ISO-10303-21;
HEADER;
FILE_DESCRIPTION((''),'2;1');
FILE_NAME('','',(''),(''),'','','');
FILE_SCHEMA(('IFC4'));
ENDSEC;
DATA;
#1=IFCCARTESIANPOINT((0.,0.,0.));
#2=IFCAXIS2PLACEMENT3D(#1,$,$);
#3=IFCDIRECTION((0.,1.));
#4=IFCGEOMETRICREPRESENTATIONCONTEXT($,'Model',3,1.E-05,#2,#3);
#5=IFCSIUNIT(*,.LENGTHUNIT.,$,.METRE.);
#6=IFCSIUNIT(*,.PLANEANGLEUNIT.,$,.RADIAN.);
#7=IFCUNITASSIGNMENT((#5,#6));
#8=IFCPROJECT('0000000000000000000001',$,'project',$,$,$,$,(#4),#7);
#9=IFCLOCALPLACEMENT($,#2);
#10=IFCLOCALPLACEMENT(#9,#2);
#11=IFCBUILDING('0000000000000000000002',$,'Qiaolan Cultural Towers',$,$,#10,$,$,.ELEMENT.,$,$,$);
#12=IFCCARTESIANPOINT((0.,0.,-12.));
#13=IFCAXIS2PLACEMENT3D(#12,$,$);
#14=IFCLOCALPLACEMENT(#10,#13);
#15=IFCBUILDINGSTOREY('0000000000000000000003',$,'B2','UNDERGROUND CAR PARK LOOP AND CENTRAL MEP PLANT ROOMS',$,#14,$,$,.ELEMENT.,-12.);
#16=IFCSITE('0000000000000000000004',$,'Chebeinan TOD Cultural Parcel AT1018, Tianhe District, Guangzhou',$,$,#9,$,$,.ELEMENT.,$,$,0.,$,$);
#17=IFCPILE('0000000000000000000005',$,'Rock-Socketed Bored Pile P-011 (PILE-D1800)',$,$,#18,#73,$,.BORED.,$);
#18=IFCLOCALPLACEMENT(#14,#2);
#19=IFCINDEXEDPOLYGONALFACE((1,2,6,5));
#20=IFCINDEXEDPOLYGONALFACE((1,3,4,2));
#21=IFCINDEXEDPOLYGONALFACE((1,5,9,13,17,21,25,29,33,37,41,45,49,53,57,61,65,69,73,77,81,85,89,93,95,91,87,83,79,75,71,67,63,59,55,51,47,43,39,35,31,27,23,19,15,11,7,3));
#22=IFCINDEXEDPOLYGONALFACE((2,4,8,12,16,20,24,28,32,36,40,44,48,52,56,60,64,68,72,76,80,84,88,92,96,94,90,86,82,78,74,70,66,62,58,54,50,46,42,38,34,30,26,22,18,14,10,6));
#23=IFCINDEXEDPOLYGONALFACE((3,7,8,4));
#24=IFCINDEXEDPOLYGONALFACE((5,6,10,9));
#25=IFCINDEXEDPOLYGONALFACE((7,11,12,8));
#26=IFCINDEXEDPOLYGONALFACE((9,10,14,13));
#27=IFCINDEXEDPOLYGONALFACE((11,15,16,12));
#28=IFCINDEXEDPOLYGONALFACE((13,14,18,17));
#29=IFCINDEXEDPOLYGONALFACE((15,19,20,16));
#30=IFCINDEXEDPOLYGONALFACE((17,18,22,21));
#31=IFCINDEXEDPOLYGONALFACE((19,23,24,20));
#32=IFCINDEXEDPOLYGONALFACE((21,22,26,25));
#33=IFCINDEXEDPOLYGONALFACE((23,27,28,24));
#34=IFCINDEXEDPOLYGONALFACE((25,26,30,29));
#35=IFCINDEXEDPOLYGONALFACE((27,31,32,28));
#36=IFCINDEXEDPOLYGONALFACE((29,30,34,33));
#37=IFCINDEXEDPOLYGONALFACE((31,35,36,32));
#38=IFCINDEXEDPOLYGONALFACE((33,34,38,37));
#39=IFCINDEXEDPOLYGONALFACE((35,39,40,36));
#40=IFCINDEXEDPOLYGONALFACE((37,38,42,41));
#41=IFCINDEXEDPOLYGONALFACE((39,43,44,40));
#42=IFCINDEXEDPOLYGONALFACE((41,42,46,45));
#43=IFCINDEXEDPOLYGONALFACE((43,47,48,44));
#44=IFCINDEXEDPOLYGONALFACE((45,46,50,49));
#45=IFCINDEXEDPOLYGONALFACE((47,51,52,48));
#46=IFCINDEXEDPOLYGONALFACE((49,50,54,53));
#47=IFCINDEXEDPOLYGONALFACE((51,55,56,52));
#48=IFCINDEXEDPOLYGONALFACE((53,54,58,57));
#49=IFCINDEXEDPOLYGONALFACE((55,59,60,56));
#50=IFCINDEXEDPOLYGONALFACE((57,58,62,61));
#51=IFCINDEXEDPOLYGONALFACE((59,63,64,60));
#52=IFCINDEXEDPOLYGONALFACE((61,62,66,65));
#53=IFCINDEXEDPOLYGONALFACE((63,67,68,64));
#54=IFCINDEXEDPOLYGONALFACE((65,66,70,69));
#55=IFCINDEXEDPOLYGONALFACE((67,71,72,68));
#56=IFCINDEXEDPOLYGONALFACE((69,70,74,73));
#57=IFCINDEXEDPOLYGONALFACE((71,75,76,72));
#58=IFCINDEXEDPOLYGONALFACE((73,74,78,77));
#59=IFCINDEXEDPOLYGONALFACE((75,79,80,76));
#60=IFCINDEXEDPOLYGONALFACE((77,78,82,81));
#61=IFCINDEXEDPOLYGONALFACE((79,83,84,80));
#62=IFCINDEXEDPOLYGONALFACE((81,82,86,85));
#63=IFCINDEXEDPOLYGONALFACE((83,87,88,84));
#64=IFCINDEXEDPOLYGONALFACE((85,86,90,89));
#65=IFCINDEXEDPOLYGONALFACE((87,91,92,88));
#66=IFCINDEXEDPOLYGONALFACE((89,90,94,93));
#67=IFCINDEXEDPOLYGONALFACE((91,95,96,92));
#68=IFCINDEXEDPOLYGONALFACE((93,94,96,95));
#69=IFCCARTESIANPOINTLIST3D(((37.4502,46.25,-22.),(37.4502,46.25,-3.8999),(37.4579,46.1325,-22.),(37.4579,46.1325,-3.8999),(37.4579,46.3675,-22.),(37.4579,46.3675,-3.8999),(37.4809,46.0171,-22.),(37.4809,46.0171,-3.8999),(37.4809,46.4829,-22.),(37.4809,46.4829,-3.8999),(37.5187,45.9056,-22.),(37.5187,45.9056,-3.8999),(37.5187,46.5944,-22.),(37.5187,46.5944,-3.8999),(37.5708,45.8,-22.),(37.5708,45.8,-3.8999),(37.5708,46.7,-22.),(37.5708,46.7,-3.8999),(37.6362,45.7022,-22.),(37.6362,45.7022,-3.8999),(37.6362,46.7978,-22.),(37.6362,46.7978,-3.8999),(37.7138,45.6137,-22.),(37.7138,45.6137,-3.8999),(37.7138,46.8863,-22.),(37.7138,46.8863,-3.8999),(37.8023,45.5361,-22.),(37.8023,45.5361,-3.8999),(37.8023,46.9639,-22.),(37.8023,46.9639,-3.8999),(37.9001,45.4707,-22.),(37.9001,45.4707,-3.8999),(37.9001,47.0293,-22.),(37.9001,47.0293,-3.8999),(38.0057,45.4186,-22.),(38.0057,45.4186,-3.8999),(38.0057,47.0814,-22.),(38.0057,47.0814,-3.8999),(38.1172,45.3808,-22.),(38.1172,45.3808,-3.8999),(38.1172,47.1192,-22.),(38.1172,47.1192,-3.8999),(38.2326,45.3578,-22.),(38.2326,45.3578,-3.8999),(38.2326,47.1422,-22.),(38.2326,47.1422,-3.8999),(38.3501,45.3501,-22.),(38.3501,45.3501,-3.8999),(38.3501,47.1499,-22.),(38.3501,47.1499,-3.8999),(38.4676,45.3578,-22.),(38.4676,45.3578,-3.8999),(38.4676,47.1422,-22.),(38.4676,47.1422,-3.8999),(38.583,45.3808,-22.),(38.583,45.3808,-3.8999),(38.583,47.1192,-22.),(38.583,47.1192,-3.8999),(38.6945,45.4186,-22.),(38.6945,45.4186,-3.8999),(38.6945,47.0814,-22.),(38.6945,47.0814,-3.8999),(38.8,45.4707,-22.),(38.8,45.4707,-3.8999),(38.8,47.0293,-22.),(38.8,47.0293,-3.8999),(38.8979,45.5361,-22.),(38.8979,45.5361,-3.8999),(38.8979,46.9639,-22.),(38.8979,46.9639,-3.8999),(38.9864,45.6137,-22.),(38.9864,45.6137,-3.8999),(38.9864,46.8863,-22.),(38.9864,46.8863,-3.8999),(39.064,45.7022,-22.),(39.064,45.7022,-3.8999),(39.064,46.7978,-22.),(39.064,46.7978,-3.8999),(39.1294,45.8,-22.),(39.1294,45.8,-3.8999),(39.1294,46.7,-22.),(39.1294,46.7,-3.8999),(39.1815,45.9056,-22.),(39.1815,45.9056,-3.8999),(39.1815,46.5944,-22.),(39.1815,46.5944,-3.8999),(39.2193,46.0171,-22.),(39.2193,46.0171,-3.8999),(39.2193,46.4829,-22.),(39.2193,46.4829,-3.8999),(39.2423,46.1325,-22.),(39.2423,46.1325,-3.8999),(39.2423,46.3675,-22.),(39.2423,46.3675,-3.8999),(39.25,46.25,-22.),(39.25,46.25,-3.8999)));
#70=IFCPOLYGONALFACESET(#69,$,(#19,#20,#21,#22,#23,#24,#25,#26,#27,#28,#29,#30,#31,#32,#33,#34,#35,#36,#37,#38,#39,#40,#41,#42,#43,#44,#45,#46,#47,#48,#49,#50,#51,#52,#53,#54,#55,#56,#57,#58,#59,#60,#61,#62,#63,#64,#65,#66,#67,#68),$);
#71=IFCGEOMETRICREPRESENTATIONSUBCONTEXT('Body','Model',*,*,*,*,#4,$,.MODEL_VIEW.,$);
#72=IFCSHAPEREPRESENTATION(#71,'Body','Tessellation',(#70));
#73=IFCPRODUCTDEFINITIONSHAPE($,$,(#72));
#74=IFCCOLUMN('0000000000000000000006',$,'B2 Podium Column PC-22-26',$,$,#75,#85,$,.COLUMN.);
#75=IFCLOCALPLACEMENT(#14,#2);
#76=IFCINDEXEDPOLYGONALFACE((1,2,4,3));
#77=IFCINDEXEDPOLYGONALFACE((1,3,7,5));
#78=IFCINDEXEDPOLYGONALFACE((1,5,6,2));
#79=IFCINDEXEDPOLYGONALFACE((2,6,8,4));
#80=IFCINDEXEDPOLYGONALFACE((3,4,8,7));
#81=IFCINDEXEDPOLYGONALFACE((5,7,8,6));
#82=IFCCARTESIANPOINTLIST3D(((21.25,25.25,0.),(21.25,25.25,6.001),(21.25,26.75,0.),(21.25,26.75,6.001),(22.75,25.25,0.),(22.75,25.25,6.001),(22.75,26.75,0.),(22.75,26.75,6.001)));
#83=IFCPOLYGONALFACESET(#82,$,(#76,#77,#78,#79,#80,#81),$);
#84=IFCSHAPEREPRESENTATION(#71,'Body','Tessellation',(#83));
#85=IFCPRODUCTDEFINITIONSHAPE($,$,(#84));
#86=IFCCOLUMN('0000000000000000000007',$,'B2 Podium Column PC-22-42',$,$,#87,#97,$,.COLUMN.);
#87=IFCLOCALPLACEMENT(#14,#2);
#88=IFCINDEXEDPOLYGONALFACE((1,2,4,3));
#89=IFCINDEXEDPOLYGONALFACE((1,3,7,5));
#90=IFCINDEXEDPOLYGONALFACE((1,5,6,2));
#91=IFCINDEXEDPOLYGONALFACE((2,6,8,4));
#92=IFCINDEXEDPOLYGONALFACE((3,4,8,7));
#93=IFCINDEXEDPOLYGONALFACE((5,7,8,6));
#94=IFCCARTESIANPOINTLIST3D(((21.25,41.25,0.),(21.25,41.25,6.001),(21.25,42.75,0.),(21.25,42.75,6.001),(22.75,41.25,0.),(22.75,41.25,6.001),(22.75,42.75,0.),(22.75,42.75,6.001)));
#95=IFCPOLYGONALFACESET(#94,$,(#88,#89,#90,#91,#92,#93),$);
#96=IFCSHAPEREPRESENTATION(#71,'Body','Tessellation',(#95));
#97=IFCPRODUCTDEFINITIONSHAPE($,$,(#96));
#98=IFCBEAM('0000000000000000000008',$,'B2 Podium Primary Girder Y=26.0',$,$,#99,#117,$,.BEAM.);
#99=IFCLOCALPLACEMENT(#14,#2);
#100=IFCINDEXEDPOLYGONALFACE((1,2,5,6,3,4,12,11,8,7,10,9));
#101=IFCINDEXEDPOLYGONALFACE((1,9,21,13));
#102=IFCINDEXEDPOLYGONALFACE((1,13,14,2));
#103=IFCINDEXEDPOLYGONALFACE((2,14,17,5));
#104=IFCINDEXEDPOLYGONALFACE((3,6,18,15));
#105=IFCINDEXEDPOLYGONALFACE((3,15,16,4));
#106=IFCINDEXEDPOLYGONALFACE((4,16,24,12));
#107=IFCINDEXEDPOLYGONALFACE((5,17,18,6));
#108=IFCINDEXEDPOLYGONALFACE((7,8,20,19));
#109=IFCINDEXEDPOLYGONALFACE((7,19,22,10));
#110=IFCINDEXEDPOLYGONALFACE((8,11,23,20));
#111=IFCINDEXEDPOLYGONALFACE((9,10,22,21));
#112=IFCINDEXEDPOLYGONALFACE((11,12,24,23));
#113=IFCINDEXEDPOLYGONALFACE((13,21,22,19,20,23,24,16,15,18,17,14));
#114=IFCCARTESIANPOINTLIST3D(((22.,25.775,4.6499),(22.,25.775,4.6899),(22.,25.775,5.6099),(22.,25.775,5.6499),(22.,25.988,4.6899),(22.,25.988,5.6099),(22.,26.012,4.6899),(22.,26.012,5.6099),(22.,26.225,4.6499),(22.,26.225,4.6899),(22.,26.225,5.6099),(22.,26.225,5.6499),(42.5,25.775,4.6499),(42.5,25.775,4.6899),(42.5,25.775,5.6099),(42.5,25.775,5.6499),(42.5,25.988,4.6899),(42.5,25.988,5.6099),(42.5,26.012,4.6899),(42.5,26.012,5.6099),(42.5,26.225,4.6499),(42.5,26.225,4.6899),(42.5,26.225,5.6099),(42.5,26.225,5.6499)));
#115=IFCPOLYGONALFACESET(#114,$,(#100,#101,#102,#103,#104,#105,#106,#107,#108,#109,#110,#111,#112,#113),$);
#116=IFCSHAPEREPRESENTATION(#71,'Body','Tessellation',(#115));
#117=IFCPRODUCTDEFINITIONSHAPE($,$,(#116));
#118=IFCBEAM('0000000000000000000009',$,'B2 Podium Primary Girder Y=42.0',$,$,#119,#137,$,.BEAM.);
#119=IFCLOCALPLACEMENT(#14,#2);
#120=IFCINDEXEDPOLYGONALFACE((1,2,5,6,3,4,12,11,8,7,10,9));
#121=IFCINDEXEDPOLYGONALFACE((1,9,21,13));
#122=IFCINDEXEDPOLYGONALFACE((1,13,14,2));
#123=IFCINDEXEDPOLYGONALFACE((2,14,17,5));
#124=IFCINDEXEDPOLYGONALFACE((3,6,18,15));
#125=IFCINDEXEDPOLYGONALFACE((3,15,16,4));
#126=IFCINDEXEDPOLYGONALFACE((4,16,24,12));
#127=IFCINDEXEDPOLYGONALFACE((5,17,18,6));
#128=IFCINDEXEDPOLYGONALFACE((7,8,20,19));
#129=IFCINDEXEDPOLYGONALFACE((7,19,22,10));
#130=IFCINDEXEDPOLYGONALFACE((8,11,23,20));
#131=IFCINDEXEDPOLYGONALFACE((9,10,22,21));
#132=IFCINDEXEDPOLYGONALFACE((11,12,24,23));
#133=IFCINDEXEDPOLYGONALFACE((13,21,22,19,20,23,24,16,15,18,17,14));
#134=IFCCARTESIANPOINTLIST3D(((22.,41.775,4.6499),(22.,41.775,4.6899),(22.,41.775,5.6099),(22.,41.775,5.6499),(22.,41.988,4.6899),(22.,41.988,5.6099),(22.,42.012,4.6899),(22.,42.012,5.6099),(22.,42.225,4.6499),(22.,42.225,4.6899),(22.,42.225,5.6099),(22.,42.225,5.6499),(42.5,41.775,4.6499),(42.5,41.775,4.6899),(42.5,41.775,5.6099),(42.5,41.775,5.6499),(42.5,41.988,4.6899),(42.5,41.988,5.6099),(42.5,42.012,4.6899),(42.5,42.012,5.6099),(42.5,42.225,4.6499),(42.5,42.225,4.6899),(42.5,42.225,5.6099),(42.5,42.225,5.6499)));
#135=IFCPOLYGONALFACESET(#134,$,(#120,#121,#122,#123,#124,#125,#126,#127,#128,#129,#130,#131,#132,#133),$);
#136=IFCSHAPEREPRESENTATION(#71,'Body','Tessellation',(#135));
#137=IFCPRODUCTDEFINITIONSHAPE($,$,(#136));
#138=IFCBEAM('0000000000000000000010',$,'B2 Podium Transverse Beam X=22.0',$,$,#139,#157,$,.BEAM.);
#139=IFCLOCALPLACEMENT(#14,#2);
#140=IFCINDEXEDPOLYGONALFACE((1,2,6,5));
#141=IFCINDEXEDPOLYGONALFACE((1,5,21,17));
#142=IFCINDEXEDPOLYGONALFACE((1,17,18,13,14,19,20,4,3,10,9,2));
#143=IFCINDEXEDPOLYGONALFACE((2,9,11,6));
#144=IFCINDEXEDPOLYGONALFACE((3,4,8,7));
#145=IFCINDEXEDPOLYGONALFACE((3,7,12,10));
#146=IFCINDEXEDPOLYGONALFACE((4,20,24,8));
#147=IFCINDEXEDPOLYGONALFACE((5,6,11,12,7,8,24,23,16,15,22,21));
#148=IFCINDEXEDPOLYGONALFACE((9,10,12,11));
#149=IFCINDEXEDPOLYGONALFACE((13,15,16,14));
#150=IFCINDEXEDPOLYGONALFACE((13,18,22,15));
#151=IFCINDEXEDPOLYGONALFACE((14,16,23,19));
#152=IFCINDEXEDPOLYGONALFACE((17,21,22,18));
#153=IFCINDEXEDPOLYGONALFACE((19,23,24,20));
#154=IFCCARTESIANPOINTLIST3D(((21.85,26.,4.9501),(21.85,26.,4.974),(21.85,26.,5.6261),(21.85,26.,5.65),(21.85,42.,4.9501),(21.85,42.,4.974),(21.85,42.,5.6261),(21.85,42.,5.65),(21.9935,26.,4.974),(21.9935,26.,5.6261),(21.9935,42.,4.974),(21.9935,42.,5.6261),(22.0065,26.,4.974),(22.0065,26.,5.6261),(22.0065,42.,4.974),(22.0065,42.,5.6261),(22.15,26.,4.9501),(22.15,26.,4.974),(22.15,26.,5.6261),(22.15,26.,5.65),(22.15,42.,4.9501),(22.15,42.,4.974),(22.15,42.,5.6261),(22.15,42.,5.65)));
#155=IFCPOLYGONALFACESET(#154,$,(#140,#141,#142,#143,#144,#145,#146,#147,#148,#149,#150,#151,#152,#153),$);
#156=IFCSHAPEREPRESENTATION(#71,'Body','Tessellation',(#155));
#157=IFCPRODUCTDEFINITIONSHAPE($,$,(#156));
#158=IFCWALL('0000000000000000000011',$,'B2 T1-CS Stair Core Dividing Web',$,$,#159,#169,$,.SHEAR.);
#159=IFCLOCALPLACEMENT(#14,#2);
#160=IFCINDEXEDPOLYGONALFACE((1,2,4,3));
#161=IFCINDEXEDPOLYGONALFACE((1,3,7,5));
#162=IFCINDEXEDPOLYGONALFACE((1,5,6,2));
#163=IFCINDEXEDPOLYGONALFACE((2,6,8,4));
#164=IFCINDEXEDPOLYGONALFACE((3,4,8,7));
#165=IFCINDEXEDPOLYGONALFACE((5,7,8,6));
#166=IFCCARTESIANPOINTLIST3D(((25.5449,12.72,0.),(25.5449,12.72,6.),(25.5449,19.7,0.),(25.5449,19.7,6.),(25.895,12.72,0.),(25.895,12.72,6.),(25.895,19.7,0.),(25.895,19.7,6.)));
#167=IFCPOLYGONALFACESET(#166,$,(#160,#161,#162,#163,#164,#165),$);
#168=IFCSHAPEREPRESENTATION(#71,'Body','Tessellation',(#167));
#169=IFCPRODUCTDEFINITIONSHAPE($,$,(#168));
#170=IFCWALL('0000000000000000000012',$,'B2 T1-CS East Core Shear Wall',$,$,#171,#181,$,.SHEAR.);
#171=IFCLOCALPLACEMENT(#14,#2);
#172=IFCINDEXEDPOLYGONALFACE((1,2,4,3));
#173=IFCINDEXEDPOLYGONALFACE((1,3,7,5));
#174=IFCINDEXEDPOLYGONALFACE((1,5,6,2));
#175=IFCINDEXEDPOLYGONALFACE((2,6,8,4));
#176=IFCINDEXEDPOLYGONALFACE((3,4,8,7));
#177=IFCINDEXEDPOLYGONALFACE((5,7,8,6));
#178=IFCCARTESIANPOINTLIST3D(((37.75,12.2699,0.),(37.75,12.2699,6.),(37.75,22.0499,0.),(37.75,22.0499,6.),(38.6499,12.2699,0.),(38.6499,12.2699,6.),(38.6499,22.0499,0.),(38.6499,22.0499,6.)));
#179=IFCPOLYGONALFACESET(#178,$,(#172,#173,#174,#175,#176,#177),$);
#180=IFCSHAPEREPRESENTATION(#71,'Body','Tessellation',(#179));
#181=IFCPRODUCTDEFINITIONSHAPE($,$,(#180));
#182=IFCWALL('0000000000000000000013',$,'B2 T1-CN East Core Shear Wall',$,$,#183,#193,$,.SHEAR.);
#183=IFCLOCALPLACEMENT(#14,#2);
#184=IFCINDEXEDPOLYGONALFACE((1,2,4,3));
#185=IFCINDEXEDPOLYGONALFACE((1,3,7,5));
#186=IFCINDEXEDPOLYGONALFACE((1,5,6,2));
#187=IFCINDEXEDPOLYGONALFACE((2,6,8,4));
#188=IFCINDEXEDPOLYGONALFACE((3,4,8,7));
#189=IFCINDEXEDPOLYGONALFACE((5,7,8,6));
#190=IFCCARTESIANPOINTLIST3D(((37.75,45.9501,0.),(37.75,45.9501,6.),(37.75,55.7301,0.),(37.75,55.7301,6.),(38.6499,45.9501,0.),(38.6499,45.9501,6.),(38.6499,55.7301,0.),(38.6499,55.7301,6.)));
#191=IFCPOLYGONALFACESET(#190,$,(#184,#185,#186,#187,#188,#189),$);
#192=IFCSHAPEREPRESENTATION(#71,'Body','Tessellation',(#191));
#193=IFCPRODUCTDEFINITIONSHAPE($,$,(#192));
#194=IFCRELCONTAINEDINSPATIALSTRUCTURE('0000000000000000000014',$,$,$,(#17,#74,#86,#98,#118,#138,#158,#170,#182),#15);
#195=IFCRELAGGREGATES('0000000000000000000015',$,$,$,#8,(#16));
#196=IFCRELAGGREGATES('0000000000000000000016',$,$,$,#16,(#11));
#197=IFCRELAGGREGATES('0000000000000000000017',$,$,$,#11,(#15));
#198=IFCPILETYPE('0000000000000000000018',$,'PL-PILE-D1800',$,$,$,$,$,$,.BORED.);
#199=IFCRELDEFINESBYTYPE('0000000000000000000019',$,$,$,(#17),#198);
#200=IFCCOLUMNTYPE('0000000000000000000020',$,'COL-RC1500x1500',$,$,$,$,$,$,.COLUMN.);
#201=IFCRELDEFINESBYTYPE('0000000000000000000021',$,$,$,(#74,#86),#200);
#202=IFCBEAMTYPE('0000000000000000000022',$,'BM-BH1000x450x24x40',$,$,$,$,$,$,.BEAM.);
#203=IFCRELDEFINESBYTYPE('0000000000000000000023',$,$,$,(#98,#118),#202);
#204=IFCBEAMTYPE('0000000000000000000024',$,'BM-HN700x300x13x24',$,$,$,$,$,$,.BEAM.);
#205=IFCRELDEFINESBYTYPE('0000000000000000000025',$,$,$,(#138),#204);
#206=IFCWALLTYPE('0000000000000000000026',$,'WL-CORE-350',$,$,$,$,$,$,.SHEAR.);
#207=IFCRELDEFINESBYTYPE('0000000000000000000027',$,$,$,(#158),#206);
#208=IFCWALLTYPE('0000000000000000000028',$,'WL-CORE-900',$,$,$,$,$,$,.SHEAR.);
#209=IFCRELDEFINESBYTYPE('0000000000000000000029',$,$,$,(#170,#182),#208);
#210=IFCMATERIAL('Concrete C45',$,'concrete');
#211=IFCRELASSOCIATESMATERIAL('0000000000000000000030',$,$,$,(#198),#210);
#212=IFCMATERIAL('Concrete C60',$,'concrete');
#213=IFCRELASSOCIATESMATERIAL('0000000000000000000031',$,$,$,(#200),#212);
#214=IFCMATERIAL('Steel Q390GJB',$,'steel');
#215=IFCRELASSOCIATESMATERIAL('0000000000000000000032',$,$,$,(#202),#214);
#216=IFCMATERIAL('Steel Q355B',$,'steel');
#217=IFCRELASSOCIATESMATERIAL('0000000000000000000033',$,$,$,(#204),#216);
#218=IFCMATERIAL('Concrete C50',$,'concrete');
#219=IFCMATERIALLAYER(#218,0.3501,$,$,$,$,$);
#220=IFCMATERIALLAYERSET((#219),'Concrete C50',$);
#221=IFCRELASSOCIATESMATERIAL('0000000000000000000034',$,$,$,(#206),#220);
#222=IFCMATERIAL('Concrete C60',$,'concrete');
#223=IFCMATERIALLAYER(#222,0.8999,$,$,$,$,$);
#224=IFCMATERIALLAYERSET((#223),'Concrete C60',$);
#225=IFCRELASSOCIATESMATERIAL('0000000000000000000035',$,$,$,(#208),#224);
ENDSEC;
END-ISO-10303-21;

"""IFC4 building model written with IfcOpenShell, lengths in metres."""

from ifc_helpers import new_model, si_unit, direction, frame, frame_2d, origin, origin_2d, place, context, subcontext, project, spatial, rectangle, circle, i_section, extrude, material, layer, layer_set, material_profile, profile_set, type_object, element, save


model = new_model("IFC4")

# Units and contexts
model_context = context("Model", 3, precision=1e-05, world=origin(), true_north=direction((0.0, 1.0)))
body_context = subcontext(model_context, "Body", "Model", "MODEL_VIEW")
ifc_project = project(units=[si_unit("LENGTHUNIT", "METRE"), si_unit("PLANEANGLEUNIT", "RADIAN")], contexts=[model_context])

# Site, building, storey
site_placement = place(None, origin())
site = spatial("IfcSite", under=ifc_project, at=site_placement, Name="Chebeinan TOD Cultural Parcel AT1018, Tianhe District, Guangzhou", CompositionType="ELEMENT", RefElevation=0.0)
building_placement = place(site_placement, origin())
building = spatial("IfcBuilding", under=site, at=building_placement, Name="Qiaolan Cultural Towers", CompositionType="ELEMENT")
storey_placement = place(building_placement, frame((0.0, 0.0, -12.0)))
storey = spatial("IfcBuildingStorey", under=building, at=storey_placement, Name="B2", Description="UNDERGROUND CAR PARK LOOP AND CENTRAL MEP PLANT ROOMS", CompositionType="ELEMENT", Elevation=-12.0)

# Pile
ifc_material_1 = material(Name="Concrete C45", Category="concrete")
ifc_material_profile_1 = material_profile(ifc_material_1, circle(Radius=0.8999, at=origin_2d()), Name="PILE-D1800")
ifc_profile_set_1 = profile_set([ifc_material_profile_1], Name="Concrete C45")
pile_type_1 = type_object("IfcPileType", Name="PL-PILE-D1800", PredefinedType="BORED", material=ifc_profile_set_1)
for number, where, z_axis, x_axis, name in (
    (1, (38.3501, 46.25, -3.8999), (0.0, 0.0, -1.0), (1.0, 0.0, 0.0), "Rock-Socketed Bored Pile P-011 (PILE-D1800)"),
):
    element("IfcPile", number, at=place(storey_placement, frame(where, z_axis=z_axis, x_axis=x_axis)), inside=storey, type_object=pile_type_1, Name=name, PredefinedType="BORED", context=body_context, shape_type="SweptSolid", body=[
        extrude(circle(Radius=0.8999, at=origin_2d()), origin(), (0.0, 0.0, 1.0), 18.1001),
    ])

# Columns
ifc_material_2 = material(Name="Concrete C60", Category="concrete")
ifc_material_profile_2 = material_profile(ifc_material_2, rectangle(XDim=1.5, YDim=1.5, at=origin_2d()), Name="RC1500x1500")
ifc_profile_set_2 = profile_set([ifc_material_profile_2], Name="Concrete C60")
column_type = type_object("IfcColumnType", Name="COL-RC1500x1500", PredefinedType="COLUMN", material=ifc_profile_set_2)
for number, where, z_axis, x_axis, name in (
    (2, (22.0, 26.0, 0.0), (0.0, 0.0, 1.0), (1.0, 0.0, 0.0), "B2 Podium Column PC-22-26"),
    (3, (22.0, 42.0, 0.0), (0.0, 0.0, 1.0), (1.0, 0.0, 0.0), "B2 Podium Column PC-22-42"),
):
    element("IfcColumn", number, at=place(storey_placement, frame(where, z_axis=z_axis, x_axis=x_axis)), inside=storey, type_object=column_type, Name=name, PredefinedType="COLUMN", context=body_context, shape_type="SweptSolid", body=[
        extrude(rectangle(XDim=1.5, YDim=1.5, at=origin_2d()), origin(), (0.0, 0.0, 1.0), 6.001),
    ])

# Beams
ifc_material_3 = material(Name="Steel Q390GJB", Category="steel")
ifc_material_profile_3 = material_profile(ifc_material_3, i_section(OverallWidth=0.45, OverallDepth=1.0, WebThickness=0.0239, FlangeThickness=0.04, at=origin_2d()), Name="BH1000x450x24x40")
ifc_profile_set_3 = profile_set([ifc_material_profile_3], Name="Steel Q390GJB")
beam_type_1 = type_object("IfcBeamType", Name="BM-BH1000x450x24x40", PredefinedType="BEAM", material=ifc_profile_set_3)
for number, where, z_axis, x_axis, name in (
    (4, (22.0, 26.0, 5.1499), (1.0, 0.0, 0.0), (0.0, 1.0, 0.0), "B2 Podium Primary Girder Y=26.0"),
    (5, (22.0, 42.0, 5.1499), (1.0, 0.0, 0.0), (0.0, 1.0, 0.0), "B2 Podium Primary Girder Y=42.0"),
):
    element("IfcBeam", number, at=place(storey_placement, frame(where, z_axis=z_axis, x_axis=x_axis)), inside=storey, type_object=beam_type_1, Name=name, PredefinedType="BEAM", context=body_context, shape_type="SweptSolid", body=[
        extrude(i_section(OverallWidth=0.45, OverallDepth=1.0, WebThickness=0.0239, FlangeThickness=0.04, at=origin_2d()), origin(), (0.0, 0.0, 1.0), 20.5),
    ])
ifc_material_4 = material(Name="Steel Q355B", Category="steel")
ifc_material_profile_4 = material_profile(ifc_material_4, i_section(OverallWidth=0.3, OverallDepth=0.7, WebThickness=0.0129, FlangeThickness=0.0239, at=origin_2d()), Name="HN700x300x13x24")
ifc_profile_set_4 = profile_set([ifc_material_profile_4], Name="Steel Q355B")
beam_type_2 = type_object("IfcBeamType", Name="BM-HN700x300x13x24", PredefinedType="BEAM", material=ifc_profile_set_4)
beam_placement = place(storey_placement, frame((22.0, 26.0, 5.3), z_axis=(0.0, 1.0, 0.0), x_axis=(-1.0, 0.0, 0.0)))
element("IfcBeam", 6, at=beam_placement, inside=storey, type_object=beam_type_2, Name="B2 Podium Transverse Beam X=22.0", PredefinedType="BEAM", context=body_context, shape_type="SweptSolid", body=[
    extrude(i_section(OverallWidth=0.3, OverallDepth=0.7, WebThickness=0.0129, FlangeThickness=0.0239, at=origin_2d()), origin(), (0.0, 0.0, 1.0), 16.0),
])

# Walls
ifc_material_5 = material(Name="Concrete C50", Category="concrete")
ifc_layer_1 = layer(ifc_material_5, 0.3501)
ifc_layer_set_1 = layer_set([ifc_layer_1], Name="Concrete C50")
wall_type_1 = type_object("IfcWallType", Name="WL-CORE-350", PredefinedType="SHEAR", material=ifc_layer_set_1)
wall_1_placement = place(storey_placement, frame((25.72, 19.7, 0.0), z_axis=(0.0, 0.0, 1.0), x_axis=(0.0, -1.0, 0.0)))
element("IfcWall", 7, at=wall_1_placement, inside=storey, type_object=wall_type_1, Name="B2 T1-CS Stair Core Dividing Web", PredefinedType="SHEAR", context=body_context, shape_type="SweptSolid", body=[
    extrude(rectangle(XDim=6.98, YDim=0.3501, at=frame_2d((3.49, 0.0))), origin(), (0.0, 0.0, 1.0), 6.0),
])
ifc_material_6 = material(Name="Concrete C60", Category="concrete")
ifc_layer_2 = layer(ifc_material_6, 0.8999)
ifc_layer_set_2 = layer_set([ifc_layer_2], Name="Concrete C60")
wall_type_2 = type_object("IfcWallType", Name="WL-CORE-900", PredefinedType="SHEAR", material=ifc_layer_set_2)
for number, where, z_axis, x_axis, name in (
    (8, (38.2, 22.05, 0.0), (0.0, 0.0, 1.0), (0.0, -1.0, 0.0), "B2 T1-CS East Core Shear Wall"),
    (9, (38.2, 45.95, 0.0), (0.0, 0.0, 1.0), (0.0, 1.0, 0.0), "B2 T1-CN East Core Shear Wall"),
):
    element("IfcWall", number, at=place(storey_placement, frame(where, z_axis=z_axis, x_axis=x_axis)), inside=storey, type_object=wall_type_2, Name=name, PredefinedType="SHEAR", context=body_context, shape_type="SweptSolid", body=[
        extrude(rectangle(XDim=9.78, YDim=0.8999, at=frame_2d((4.8901, 0.0))), origin(), (0.0, 0.0, 1.0), 6.0),
    ])

save(model, "model.ifc")
